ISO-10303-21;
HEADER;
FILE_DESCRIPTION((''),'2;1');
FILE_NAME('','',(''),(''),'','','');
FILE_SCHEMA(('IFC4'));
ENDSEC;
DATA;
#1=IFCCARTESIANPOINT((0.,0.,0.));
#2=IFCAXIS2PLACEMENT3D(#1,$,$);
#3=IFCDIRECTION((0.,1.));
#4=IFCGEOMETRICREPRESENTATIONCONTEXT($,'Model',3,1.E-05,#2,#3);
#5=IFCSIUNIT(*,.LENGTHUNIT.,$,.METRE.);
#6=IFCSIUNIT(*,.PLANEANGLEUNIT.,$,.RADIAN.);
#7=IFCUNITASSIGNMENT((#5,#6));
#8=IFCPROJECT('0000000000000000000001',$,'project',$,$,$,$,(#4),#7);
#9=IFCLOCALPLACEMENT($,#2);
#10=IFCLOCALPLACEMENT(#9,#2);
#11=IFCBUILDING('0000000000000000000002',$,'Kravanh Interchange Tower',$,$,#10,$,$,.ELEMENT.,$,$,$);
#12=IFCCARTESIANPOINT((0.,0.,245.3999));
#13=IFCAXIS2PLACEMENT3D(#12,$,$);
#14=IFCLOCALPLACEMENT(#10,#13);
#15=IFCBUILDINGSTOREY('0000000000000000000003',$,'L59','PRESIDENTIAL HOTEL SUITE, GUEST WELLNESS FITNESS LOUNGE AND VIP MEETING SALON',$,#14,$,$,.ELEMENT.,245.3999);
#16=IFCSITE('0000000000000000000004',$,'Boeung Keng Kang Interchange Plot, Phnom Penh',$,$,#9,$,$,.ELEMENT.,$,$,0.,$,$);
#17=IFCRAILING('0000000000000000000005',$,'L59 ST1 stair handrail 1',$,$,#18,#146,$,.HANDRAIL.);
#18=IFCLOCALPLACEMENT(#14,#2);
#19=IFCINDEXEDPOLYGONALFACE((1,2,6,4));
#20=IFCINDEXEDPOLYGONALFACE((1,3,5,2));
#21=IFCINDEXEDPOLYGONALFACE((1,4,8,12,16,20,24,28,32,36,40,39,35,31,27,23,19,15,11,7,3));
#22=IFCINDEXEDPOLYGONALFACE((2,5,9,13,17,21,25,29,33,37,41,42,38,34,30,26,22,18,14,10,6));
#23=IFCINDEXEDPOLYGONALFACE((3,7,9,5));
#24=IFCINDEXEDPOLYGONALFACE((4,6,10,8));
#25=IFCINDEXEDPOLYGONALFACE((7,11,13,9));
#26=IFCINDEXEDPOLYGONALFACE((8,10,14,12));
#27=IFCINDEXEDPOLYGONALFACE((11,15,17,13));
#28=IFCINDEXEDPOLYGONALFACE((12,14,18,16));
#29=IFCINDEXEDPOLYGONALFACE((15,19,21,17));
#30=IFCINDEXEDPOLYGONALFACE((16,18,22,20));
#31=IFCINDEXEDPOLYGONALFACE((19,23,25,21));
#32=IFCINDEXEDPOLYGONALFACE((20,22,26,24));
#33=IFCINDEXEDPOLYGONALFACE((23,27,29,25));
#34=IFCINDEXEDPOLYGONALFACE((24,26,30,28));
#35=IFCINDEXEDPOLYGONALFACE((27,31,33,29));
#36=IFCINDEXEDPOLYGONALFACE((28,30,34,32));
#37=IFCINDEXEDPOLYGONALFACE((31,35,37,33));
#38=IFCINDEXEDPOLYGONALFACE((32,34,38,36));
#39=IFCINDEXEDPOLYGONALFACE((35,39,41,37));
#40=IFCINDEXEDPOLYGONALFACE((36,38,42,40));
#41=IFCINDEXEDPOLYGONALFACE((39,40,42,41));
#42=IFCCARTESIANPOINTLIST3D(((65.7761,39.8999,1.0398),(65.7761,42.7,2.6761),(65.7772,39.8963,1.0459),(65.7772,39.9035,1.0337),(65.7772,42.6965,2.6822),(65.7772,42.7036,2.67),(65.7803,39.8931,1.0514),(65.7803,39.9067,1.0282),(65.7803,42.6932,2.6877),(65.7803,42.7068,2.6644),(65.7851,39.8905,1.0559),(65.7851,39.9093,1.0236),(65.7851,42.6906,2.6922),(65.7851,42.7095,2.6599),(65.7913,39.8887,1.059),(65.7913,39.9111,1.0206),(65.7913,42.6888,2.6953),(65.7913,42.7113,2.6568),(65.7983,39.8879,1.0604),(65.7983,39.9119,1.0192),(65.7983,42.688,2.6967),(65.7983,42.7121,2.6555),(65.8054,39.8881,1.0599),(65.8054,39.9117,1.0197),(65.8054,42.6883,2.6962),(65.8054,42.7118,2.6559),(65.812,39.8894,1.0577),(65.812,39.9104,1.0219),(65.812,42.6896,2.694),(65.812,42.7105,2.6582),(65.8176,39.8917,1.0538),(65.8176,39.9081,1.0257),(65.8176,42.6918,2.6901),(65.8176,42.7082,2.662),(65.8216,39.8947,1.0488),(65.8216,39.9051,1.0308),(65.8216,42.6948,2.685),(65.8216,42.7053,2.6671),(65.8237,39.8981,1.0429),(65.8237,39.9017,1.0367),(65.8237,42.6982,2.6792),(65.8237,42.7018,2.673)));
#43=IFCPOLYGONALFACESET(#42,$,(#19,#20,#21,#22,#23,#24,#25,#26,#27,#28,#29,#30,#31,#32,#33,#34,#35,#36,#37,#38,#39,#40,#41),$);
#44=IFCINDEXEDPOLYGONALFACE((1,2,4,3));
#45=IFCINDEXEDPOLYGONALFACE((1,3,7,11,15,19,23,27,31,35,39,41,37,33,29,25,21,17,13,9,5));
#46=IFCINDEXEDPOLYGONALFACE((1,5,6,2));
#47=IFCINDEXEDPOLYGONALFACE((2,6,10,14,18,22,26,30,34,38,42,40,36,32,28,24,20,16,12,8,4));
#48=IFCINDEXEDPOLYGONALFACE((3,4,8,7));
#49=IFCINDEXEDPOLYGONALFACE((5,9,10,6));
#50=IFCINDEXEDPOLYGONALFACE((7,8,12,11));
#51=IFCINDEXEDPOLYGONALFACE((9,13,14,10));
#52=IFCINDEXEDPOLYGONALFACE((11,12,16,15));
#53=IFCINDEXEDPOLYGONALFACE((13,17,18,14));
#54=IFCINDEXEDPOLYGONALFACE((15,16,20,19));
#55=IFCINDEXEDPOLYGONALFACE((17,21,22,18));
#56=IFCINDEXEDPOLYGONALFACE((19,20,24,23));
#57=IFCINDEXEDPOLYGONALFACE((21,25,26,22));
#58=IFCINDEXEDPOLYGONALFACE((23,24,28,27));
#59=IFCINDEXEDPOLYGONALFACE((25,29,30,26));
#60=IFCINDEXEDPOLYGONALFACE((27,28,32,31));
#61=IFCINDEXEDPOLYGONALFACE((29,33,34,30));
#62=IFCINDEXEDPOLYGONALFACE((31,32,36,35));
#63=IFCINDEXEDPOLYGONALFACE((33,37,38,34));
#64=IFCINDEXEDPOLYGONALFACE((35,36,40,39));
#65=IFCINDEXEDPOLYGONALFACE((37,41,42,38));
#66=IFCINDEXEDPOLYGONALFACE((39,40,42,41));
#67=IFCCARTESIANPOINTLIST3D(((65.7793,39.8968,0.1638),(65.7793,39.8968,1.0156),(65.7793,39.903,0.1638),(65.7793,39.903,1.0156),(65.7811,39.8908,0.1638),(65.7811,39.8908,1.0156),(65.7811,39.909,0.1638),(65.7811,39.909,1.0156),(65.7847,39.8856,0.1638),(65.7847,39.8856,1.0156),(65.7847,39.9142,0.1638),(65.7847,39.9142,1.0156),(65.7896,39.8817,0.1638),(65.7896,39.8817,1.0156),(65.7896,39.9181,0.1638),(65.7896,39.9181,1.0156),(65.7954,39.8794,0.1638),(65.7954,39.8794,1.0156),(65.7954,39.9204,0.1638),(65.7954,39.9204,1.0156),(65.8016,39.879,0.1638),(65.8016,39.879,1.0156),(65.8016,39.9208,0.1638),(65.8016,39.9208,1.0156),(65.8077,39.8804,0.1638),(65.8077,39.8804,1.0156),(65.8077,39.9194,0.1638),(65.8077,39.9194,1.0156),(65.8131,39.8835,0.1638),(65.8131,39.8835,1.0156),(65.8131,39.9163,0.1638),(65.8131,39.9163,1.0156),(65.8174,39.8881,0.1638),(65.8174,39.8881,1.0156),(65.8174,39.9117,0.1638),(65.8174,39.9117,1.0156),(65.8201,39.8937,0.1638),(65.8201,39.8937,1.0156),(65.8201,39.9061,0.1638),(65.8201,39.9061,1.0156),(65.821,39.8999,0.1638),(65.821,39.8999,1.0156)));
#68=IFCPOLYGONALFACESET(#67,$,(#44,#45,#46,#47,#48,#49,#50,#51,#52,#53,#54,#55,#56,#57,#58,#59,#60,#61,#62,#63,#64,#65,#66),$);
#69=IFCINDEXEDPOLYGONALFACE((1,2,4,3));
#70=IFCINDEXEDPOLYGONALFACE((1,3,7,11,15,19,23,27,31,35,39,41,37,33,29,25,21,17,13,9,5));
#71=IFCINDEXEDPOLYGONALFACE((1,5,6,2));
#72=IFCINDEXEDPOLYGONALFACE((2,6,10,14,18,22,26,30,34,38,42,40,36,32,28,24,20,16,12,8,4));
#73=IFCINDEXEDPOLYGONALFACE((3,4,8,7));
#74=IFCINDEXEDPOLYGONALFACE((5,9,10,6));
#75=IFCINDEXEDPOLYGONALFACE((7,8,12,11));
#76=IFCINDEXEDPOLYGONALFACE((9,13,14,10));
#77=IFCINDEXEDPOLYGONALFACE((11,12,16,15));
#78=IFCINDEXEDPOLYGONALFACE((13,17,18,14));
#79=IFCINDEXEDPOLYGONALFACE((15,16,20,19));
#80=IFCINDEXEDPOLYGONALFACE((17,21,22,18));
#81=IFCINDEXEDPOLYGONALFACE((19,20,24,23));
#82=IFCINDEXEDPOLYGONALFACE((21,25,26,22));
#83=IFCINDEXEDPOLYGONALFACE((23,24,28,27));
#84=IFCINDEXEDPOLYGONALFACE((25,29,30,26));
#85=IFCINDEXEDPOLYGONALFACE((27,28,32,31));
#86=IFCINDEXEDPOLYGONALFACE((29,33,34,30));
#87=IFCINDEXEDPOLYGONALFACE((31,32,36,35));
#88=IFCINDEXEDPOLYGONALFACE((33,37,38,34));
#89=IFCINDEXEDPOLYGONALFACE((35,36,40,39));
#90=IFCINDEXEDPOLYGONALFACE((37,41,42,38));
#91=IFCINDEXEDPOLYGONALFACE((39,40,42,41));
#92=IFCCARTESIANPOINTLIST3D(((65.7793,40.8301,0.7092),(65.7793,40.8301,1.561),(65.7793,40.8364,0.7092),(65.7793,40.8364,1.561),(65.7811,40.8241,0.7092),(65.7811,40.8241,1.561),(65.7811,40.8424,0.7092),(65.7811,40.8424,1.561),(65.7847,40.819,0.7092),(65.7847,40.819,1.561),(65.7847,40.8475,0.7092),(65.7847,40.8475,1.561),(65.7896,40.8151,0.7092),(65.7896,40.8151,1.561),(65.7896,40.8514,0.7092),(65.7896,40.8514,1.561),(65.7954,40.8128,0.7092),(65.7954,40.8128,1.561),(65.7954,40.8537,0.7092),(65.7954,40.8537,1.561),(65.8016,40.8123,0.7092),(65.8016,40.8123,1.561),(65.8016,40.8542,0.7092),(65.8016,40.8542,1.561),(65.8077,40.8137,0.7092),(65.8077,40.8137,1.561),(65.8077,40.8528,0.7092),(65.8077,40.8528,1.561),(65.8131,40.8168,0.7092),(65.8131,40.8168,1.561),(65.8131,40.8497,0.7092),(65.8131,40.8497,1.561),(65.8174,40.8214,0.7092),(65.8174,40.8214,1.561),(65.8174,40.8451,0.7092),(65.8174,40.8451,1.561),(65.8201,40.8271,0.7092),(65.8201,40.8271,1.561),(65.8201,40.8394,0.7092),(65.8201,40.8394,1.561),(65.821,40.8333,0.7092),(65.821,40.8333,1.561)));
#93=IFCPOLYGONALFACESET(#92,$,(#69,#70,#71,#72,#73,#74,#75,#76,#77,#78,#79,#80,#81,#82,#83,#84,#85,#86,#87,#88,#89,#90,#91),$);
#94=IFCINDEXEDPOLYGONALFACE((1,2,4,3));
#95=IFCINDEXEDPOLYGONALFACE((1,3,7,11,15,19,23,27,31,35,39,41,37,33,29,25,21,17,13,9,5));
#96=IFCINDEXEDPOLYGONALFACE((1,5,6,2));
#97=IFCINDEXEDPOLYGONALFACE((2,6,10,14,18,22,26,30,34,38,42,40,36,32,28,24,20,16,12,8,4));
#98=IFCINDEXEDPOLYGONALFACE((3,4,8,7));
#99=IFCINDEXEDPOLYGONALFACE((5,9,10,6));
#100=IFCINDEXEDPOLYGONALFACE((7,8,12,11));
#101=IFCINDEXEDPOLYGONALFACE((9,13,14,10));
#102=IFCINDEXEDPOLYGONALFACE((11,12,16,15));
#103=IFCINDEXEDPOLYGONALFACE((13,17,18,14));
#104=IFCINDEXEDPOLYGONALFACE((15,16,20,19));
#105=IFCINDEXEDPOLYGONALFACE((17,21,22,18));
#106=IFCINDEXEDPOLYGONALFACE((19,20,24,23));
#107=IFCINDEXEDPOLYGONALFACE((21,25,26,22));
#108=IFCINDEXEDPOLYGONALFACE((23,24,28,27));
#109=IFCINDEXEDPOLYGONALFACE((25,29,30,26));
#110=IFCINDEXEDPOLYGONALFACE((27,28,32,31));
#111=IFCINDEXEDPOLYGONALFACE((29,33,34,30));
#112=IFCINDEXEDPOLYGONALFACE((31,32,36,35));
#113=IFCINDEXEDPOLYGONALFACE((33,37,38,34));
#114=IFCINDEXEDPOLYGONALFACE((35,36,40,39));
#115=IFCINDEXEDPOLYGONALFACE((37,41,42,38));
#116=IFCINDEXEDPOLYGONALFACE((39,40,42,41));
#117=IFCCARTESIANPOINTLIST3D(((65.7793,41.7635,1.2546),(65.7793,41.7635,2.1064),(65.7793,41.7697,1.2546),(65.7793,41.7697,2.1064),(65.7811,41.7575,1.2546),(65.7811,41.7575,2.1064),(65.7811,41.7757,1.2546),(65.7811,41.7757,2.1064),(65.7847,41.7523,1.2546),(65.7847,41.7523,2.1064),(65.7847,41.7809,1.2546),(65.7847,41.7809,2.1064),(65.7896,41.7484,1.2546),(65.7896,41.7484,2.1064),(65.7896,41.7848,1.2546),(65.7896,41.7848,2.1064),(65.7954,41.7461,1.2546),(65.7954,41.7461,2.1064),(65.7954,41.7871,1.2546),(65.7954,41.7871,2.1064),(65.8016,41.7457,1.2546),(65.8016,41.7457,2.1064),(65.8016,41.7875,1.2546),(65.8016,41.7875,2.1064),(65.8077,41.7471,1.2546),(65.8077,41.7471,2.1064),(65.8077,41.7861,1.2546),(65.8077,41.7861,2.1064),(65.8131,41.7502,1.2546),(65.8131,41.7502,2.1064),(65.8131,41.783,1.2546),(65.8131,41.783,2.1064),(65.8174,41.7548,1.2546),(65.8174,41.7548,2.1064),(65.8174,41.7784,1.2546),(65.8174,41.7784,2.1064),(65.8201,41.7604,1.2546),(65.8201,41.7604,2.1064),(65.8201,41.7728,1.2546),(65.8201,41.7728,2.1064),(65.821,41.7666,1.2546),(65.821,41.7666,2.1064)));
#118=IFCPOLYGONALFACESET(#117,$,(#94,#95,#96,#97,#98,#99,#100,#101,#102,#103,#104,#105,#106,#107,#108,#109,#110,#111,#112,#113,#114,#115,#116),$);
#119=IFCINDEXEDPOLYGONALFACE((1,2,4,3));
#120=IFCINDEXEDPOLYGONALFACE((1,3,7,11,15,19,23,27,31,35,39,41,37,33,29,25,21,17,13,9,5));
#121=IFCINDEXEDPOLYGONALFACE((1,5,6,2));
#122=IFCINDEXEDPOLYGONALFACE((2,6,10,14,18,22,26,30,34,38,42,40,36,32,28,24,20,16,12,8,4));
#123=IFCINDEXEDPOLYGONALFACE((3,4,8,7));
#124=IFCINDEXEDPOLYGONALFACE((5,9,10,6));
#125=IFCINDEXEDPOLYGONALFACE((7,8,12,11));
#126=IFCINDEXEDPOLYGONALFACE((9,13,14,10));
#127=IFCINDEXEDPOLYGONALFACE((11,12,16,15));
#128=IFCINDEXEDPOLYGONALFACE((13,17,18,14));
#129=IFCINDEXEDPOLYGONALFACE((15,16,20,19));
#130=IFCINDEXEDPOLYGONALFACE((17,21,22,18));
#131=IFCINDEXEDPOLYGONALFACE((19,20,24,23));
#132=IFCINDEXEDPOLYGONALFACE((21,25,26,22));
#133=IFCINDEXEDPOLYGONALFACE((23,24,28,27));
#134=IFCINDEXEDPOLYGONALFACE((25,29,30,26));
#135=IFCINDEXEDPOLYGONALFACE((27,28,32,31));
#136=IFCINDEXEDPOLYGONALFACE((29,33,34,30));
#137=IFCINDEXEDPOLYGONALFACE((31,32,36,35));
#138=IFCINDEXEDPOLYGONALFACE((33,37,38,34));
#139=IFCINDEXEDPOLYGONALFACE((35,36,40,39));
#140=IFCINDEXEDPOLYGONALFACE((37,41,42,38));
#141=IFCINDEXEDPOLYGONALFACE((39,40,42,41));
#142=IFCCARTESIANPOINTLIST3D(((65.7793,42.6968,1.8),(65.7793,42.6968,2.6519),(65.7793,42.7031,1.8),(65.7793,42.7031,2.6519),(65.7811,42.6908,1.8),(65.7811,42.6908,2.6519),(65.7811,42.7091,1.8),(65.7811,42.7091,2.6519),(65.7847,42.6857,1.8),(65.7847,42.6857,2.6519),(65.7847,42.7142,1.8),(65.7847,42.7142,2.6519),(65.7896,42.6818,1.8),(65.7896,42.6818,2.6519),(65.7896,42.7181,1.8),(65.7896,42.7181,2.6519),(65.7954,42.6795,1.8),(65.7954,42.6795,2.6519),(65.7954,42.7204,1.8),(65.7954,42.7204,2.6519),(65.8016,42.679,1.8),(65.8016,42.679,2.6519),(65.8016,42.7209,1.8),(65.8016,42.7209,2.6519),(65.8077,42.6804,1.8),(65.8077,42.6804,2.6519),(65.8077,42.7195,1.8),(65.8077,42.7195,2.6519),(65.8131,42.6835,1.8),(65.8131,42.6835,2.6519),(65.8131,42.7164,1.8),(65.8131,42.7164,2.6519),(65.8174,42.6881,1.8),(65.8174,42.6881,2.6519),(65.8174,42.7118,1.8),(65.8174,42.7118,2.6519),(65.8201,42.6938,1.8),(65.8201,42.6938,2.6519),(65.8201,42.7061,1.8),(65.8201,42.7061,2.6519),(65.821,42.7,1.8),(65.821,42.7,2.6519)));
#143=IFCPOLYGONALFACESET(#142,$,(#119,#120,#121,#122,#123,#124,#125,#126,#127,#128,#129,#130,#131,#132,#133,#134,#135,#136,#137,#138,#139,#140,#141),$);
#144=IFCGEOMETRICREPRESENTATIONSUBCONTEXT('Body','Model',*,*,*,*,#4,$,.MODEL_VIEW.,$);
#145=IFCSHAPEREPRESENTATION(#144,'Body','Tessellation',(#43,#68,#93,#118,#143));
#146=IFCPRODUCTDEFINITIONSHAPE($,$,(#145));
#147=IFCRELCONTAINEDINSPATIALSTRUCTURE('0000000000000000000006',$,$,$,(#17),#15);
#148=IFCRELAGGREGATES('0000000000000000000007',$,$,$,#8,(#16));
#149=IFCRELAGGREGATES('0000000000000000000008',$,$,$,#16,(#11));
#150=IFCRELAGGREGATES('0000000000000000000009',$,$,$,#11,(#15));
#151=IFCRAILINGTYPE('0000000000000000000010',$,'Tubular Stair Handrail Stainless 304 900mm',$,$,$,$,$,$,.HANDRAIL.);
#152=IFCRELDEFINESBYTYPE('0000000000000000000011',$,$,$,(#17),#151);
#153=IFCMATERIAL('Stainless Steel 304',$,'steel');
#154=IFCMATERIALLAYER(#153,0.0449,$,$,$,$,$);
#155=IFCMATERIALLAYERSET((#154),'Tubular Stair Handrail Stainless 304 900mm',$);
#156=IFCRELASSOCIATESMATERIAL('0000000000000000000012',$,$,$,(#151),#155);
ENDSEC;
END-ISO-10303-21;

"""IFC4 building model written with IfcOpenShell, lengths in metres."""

from ifc_helpers import new_model, si_unit, direction, frame, origin, origin_2d, place, context, subcontext, project, spatial, circle, extrude, material, layer, layer_set, type_object, element, save


model = new_model("IFC4")

# Units and contexts
model_context = context("Model", 3, precision=1e-05, world=origin(), true_north=direction((0.0, 1.0)))
body_context = subcontext(model_context, "Body", "Model", "MODEL_VIEW")
ifc_project = project(units=[si_unit("LENGTHUNIT", "METRE"), si_unit("PLANEANGLEUNIT", "RADIAN")], contexts=[model_context])

# Site, building, storey
site_placement = place(None, origin())
site = spatial("IfcSite", under=ifc_project, at=site_placement, Name="Boeung Keng Kang Interchange Plot, Phnom Penh", CompositionType="ELEMENT", RefElevation=0.0)
building_placement = place(site_placement, origin())
building = spatial("IfcBuilding", under=site, at=building_placement, Name="Kravanh Interchange Tower", CompositionType="ELEMENT")
storey_placement = place(building_placement, frame((0.0, 0.0, 245.3999)))
storey = spatial("IfcBuildingStorey", under=building, at=storey_placement, Name="L59", Description="PRESIDENTIAL HOTEL SUITE, GUEST WELLNESS FITNESS LOUNGE AND VIP MEETING SALON", CompositionType="ELEMENT", Elevation=245.3999)

# Railing
ifc_material_1 = material(Name="Stainless Steel 304", Category="steel")
ifc_layer_1 = layer(ifc_material_1, 0.0449)
ifc_layer_set_1 = layer_set([ifc_layer_1], Name="Tubular Stair Handrail Stainless 304 900mm")
railing_type_1 = type_object("IfcRailingType", Name="Tubular Stair Handrail Stainless 304 900mm", PredefinedType="HANDRAIL", material=ifc_layer_set_1)
railing_1_placement = place(storey_placement, frame((65.8, 39.8999, 0.1638)))
element("IfcRailing", 1, at=railing_1_placement, inside=storey, type_object=railing_type_1, Name="L59 ST1 stair handrail 1", PredefinedType="HANDRAIL", context=body_context, shape_type="SweptSolid", body=[
    extrude(circle(Radius=0.0239, at=origin_2d()), frame((0.0, 0.0, 0.876), z_axis=(0.0, 0.863394, 0.504531), x_axis=(-1.0, 0.0, 0.0)), (0.0, 0.0, 1.0), 3.2432),
    extrude(circle(Radius=0.021, at=origin_2d()), origin(), (0.0, 0.0, 1.0), 0.8518),
    extrude(circle(Radius=0.021, at=origin_2d()), frame((0.0, 0.9333, 0.5454)), (0.0, 0.0, 1.0), 0.8518),
    extrude(circle(Radius=0.021, at=origin_2d()), frame((0.0, 1.8667, 1.0908)), (0.0, 0.0, 1.0), 0.8518),
    extrude(circle(Radius=0.021, at=origin_2d()), frame((0.0, 2.8, 1.6362)), (0.0, 0.0, 1.0), 0.8518),
])

save(model, "model.ifc")
